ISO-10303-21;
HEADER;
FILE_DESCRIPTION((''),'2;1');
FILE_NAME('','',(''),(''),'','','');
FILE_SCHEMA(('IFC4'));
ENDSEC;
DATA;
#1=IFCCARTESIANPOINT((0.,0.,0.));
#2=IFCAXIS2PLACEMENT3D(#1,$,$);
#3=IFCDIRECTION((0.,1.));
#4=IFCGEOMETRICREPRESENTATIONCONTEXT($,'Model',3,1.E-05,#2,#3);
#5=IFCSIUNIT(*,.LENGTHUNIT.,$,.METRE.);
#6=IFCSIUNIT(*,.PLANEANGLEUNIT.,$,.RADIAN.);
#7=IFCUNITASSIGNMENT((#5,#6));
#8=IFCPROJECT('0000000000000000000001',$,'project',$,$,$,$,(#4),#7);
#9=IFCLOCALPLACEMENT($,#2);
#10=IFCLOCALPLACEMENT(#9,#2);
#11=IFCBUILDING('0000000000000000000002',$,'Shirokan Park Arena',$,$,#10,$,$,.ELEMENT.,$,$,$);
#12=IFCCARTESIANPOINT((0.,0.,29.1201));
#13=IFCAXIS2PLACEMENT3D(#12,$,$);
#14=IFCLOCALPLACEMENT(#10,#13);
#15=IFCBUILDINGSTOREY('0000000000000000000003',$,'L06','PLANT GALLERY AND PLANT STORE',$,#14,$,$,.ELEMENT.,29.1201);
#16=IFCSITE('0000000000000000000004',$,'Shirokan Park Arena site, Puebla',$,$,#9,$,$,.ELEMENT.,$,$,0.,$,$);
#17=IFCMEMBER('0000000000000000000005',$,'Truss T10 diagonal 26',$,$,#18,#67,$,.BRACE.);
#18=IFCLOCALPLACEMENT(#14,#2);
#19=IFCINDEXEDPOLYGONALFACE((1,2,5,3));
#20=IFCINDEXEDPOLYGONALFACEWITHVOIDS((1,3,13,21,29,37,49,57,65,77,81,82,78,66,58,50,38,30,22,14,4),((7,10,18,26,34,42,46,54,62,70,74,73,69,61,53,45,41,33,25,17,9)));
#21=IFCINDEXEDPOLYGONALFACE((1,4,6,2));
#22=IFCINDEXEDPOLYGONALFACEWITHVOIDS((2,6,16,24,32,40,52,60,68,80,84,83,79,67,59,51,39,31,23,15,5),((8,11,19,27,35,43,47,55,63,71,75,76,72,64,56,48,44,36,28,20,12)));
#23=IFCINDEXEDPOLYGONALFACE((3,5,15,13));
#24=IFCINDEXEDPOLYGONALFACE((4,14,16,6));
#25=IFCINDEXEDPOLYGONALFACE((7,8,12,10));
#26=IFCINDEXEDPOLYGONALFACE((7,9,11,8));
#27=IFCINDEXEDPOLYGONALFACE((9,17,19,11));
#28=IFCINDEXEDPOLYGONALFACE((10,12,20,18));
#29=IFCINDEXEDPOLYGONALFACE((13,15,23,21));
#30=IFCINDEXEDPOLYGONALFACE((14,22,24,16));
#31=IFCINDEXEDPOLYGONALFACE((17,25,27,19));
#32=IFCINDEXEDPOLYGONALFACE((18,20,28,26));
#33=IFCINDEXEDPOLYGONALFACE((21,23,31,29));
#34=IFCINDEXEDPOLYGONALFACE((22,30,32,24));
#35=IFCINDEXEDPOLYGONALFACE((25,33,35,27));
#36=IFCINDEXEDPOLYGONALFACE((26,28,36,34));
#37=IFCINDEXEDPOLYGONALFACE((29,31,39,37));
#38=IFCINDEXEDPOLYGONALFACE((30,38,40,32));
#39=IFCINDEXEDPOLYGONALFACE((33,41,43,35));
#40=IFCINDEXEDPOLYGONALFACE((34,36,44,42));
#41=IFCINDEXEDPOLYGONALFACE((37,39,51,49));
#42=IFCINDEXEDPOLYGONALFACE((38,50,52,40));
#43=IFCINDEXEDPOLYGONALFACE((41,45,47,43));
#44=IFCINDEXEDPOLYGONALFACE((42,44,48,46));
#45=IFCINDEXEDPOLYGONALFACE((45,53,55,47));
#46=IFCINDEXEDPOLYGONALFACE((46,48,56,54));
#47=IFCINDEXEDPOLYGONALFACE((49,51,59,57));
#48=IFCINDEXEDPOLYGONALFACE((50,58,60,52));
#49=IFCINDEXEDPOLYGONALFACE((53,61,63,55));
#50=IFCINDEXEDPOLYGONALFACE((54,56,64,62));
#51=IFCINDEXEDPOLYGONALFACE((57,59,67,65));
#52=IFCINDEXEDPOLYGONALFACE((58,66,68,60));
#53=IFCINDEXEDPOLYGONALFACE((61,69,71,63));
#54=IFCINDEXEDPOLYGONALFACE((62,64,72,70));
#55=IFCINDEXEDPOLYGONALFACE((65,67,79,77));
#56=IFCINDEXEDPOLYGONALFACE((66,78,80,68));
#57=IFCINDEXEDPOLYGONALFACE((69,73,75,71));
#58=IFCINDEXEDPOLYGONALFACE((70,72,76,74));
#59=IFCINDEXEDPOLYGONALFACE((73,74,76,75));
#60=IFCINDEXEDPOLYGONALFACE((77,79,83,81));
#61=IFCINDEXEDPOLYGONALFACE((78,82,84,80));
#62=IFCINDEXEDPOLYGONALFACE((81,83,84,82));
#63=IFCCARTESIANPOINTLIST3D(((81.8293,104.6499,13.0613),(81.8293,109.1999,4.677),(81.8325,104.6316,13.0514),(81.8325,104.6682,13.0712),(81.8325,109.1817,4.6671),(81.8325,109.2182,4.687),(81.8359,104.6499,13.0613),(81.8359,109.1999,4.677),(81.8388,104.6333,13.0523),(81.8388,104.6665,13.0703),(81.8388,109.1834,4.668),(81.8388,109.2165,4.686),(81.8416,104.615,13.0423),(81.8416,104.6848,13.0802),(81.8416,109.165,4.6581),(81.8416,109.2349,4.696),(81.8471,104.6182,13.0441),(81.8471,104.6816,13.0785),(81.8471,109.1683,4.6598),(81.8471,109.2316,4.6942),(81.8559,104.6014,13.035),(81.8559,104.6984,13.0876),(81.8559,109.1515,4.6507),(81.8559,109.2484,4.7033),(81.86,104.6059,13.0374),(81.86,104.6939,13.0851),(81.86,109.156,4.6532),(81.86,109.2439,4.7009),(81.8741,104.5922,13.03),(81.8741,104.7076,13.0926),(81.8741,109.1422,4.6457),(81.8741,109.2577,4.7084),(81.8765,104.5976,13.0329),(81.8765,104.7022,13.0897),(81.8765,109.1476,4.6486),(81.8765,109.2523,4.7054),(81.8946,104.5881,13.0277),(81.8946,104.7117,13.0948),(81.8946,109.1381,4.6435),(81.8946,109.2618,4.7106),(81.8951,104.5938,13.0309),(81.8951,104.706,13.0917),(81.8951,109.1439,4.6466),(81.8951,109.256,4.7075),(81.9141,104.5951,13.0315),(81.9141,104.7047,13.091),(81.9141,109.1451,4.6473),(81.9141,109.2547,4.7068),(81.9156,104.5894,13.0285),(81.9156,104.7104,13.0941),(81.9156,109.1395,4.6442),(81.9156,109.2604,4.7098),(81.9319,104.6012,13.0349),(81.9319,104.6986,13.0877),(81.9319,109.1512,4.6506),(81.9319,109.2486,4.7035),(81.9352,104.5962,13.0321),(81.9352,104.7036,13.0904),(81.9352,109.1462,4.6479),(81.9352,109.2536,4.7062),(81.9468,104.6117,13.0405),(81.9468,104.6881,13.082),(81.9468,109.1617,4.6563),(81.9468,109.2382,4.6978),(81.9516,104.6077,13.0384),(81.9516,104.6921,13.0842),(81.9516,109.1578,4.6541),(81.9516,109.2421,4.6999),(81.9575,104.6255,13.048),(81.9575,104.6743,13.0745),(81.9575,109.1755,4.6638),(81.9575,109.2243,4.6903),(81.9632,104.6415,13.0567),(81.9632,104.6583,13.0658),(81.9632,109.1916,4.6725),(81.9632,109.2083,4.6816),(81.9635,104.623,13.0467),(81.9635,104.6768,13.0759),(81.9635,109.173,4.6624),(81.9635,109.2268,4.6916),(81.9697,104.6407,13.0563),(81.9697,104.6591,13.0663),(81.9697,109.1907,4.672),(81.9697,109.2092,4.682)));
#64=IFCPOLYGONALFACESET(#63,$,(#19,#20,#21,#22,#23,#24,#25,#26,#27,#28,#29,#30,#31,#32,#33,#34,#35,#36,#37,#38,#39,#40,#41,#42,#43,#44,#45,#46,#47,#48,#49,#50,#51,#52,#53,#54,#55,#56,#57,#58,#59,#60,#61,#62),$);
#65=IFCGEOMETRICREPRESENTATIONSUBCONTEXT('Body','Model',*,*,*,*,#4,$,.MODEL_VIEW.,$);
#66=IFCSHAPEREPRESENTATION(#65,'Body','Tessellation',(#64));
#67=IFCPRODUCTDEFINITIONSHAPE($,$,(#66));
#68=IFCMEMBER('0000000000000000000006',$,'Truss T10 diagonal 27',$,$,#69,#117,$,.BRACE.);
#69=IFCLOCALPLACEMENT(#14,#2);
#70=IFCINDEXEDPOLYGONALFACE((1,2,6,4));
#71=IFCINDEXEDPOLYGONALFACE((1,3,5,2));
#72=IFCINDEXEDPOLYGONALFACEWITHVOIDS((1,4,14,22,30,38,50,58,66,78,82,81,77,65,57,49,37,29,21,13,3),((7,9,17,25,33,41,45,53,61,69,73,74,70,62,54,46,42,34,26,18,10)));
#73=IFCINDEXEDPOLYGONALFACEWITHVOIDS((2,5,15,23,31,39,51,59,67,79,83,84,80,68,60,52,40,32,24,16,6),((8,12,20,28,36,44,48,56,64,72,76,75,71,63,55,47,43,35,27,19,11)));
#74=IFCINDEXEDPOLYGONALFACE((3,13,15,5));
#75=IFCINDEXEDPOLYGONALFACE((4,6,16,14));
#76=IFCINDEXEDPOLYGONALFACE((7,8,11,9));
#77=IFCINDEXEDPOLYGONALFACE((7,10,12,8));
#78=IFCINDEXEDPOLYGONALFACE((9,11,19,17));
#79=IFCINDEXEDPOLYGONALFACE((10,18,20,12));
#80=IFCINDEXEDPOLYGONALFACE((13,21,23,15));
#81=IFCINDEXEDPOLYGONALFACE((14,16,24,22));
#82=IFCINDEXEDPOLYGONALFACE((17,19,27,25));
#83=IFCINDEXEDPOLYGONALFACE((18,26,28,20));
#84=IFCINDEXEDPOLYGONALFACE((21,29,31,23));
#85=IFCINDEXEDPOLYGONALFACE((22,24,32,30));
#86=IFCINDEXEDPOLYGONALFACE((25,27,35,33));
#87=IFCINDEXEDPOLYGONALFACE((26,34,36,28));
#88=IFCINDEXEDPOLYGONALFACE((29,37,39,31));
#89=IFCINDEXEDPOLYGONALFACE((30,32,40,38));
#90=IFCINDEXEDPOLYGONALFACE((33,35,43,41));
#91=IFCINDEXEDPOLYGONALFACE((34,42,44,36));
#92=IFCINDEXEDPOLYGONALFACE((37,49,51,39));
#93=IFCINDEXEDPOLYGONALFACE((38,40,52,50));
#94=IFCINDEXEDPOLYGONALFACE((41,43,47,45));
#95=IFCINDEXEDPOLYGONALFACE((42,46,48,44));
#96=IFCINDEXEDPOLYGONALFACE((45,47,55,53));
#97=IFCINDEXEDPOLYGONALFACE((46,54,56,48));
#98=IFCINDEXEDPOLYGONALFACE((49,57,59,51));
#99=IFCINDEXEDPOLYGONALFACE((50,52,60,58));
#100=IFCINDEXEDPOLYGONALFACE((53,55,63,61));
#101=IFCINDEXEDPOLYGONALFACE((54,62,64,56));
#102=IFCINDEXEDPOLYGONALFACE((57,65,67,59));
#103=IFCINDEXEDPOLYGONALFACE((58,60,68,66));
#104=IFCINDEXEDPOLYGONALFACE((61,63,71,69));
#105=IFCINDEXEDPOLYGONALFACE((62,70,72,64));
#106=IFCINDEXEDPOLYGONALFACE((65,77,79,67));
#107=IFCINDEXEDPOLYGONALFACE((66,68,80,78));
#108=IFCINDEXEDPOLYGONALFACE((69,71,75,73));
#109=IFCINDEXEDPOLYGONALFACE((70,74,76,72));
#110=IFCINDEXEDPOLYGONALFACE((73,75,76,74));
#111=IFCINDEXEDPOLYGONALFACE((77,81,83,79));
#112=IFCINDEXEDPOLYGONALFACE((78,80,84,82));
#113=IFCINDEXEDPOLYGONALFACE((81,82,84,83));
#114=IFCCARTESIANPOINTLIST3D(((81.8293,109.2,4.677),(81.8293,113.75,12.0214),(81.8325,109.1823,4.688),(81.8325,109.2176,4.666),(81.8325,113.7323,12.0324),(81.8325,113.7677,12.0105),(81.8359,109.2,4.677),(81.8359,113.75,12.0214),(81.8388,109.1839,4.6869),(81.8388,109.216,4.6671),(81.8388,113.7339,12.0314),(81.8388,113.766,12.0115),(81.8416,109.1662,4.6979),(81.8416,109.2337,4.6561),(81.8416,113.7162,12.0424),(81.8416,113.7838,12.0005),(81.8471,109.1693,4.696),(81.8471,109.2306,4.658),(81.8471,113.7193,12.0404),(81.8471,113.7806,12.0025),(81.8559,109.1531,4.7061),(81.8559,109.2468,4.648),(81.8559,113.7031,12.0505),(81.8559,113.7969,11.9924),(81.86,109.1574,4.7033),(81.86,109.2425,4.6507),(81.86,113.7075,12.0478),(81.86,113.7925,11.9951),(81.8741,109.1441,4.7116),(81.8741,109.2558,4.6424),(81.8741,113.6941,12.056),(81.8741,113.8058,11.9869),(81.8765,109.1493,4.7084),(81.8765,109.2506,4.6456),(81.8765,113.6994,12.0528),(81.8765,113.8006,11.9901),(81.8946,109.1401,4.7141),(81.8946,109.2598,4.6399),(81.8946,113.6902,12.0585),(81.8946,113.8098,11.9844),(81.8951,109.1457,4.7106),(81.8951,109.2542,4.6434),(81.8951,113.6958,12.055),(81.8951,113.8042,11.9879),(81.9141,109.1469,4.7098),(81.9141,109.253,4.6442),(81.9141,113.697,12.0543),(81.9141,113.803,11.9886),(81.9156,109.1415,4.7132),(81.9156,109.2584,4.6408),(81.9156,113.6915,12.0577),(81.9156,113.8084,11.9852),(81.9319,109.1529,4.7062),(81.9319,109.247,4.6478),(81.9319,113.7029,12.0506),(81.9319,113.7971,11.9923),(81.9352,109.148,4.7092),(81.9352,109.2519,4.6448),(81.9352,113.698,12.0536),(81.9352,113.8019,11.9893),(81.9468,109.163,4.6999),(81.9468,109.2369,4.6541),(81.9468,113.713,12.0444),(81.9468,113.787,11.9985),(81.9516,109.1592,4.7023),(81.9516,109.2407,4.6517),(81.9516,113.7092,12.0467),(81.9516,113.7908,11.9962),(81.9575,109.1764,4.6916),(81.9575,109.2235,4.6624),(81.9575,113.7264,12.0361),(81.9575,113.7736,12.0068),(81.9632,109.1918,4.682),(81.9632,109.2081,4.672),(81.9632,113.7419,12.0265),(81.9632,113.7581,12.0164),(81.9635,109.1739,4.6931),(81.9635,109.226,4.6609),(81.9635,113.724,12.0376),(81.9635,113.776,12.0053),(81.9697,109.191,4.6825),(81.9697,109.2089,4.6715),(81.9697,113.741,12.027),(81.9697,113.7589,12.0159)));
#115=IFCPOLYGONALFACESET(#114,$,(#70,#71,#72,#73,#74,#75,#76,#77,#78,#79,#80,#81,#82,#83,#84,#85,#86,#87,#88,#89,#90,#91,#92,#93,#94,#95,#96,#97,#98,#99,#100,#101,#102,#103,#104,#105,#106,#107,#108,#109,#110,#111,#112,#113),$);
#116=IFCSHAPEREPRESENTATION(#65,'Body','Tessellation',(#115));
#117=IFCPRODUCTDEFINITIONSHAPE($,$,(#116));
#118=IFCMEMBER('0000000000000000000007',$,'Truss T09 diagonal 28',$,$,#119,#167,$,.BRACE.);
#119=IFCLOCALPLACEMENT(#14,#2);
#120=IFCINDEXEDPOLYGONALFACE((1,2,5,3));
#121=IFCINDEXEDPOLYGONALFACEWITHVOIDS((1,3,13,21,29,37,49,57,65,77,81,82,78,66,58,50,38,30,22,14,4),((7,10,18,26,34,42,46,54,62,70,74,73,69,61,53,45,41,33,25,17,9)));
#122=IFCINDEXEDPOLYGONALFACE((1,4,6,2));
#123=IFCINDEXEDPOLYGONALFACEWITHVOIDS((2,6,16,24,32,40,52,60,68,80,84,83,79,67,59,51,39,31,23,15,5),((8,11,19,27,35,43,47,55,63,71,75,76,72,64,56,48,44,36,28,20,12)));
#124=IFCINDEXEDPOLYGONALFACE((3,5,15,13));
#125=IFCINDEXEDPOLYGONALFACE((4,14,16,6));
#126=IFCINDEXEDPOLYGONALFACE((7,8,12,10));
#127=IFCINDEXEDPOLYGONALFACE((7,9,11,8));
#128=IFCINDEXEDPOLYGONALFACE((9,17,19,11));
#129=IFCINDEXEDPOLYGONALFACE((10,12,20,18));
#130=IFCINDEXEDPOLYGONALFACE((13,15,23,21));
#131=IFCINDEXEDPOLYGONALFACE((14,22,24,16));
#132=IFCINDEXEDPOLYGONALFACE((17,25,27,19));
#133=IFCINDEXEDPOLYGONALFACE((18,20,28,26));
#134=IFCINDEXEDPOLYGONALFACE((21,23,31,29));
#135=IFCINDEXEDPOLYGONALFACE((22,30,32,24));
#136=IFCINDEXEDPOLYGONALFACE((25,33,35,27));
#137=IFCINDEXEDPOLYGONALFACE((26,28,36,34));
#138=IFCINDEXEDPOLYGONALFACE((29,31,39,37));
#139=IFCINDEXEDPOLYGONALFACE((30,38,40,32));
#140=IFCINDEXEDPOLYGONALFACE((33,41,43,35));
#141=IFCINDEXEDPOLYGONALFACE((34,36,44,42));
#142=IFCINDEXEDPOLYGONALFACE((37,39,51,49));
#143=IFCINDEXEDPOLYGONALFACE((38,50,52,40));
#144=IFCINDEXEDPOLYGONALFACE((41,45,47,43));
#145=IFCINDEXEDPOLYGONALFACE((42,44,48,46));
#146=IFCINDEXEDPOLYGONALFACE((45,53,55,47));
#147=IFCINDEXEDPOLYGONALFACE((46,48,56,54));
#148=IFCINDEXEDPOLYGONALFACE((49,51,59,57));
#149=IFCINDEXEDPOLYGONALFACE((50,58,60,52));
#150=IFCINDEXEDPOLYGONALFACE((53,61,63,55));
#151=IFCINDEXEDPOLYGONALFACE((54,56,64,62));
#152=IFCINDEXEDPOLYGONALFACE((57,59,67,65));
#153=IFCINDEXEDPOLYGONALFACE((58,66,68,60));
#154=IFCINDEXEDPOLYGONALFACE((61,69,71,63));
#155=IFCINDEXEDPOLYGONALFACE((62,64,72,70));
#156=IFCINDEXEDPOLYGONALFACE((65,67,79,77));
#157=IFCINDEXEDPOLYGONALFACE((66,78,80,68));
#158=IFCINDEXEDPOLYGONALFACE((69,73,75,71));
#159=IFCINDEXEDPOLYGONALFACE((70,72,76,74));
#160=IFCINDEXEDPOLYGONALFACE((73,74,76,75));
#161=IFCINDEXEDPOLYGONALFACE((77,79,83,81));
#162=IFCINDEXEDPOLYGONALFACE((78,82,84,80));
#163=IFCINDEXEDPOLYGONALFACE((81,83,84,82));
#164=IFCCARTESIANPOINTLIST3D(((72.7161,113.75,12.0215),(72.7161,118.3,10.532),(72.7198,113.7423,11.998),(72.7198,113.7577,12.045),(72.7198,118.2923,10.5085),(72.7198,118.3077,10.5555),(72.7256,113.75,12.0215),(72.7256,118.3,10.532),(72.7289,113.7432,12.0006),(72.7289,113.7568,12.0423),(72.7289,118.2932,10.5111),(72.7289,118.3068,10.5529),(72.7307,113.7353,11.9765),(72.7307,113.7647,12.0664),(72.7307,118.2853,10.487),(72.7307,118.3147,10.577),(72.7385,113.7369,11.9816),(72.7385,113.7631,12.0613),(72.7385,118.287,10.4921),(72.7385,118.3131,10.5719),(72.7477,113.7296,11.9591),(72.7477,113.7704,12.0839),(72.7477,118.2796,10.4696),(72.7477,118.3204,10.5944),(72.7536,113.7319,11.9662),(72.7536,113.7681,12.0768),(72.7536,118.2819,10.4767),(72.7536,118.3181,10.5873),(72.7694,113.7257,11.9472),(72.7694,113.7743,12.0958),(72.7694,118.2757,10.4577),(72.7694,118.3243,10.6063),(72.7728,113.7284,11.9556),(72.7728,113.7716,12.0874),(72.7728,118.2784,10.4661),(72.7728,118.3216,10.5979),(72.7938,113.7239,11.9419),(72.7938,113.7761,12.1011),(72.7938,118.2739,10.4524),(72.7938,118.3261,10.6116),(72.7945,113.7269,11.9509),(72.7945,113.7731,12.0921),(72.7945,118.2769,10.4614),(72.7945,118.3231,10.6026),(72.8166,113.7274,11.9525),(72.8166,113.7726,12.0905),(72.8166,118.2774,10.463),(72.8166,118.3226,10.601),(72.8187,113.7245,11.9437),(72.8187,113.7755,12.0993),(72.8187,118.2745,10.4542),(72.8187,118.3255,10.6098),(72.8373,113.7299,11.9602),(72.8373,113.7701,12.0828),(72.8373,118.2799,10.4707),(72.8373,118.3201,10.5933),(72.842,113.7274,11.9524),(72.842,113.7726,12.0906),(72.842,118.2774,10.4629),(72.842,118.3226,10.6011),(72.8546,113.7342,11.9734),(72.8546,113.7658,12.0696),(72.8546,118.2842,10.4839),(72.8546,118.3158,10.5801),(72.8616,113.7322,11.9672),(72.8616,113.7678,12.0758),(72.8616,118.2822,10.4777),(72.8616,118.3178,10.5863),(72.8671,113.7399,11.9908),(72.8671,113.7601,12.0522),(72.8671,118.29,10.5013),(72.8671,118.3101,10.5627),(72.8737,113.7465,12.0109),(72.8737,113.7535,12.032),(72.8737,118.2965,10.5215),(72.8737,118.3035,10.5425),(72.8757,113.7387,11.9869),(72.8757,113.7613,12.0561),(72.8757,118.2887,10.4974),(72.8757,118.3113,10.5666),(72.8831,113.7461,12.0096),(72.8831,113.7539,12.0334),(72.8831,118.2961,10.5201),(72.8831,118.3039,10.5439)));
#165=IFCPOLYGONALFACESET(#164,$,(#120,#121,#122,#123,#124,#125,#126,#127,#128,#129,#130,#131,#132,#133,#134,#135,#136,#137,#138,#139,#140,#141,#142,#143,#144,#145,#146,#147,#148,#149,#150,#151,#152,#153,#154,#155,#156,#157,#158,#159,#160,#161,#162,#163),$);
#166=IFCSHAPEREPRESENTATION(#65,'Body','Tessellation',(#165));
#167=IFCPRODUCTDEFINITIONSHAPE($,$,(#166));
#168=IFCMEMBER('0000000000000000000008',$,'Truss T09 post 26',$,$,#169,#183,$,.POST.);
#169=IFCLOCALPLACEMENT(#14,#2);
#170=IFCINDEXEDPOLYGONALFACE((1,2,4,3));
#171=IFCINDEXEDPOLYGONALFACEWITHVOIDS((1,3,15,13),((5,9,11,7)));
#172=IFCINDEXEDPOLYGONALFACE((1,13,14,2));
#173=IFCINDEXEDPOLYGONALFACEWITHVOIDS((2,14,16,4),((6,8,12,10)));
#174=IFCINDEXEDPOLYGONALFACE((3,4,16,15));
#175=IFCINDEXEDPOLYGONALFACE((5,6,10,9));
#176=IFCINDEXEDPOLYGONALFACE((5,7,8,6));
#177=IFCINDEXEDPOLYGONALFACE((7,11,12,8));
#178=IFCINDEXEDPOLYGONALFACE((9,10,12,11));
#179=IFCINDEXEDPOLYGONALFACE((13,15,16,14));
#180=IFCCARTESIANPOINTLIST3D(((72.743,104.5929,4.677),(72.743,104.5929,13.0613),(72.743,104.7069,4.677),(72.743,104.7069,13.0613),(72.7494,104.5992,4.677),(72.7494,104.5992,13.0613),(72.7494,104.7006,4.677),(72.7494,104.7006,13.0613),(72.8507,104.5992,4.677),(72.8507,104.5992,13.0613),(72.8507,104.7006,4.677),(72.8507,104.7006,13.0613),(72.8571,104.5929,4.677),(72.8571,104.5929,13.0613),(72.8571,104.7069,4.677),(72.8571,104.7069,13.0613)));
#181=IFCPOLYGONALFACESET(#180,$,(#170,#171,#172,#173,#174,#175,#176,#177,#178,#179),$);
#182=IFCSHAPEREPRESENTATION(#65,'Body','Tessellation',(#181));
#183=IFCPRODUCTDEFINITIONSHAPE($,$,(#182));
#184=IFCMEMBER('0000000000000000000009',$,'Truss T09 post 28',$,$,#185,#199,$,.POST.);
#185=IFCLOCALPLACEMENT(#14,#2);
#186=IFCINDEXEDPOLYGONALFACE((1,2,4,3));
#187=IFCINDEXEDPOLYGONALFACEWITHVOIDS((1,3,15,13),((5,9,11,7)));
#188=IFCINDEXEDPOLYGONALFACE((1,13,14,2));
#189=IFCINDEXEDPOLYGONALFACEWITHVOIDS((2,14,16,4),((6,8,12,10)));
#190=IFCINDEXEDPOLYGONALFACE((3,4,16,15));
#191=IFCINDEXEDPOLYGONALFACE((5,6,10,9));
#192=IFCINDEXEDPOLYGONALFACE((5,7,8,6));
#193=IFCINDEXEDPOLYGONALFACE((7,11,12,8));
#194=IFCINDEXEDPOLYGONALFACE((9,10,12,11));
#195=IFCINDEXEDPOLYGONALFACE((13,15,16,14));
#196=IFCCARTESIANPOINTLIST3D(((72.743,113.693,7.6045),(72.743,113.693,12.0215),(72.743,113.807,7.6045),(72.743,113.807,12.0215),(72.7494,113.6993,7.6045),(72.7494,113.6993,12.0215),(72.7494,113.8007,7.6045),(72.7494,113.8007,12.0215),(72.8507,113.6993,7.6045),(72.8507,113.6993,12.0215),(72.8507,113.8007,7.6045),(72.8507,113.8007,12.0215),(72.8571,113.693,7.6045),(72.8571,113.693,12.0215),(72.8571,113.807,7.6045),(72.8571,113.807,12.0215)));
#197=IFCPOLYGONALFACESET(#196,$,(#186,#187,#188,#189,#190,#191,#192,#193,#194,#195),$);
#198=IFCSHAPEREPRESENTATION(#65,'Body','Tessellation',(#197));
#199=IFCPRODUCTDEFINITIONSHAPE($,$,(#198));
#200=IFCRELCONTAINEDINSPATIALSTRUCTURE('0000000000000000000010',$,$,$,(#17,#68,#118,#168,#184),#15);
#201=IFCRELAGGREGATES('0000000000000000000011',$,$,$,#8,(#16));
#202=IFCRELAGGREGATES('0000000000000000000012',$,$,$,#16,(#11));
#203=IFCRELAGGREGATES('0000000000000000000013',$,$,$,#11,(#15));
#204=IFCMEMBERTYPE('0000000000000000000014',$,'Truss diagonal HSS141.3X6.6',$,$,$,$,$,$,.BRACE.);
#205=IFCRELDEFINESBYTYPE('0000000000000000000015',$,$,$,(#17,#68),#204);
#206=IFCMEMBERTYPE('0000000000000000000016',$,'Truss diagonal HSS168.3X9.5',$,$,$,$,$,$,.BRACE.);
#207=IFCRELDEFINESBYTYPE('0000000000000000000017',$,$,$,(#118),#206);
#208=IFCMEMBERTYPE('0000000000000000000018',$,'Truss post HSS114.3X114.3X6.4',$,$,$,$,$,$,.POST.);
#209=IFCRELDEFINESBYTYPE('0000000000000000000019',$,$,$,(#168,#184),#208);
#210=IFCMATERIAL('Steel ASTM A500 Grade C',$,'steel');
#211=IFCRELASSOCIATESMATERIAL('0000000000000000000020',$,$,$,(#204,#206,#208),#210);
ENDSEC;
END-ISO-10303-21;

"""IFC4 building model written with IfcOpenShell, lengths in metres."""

from ifc_helpers import new_model, si_unit, direction, frame, origin, origin_2d, place, context, subcontext, project, spatial, hollow_rectangle, hollow_circle, extrude, material, material_profile, profile_set, type_object, element, save


model = new_model("IFC4")

# Units and contexts
model_context = context("Model", 3, precision=1e-05, world=origin(), true_north=direction((0.0, 1.0)))
body_context = subcontext(model_context, "Body", "Model", "MODEL_VIEW")
ifc_project = project(units=[si_unit("LENGTHUNIT", "METRE"), si_unit("PLANEANGLEUNIT", "RADIAN")], contexts=[model_context])

# Site, building, storey
site_placement = place(None, origin())
site = spatial("IfcSite", under=ifc_project, at=site_placement, Name="Shirokan Park Arena site, Puebla", CompositionType="ELEMENT", RefElevation=0.0)
building_placement = place(site_placement, origin())
building = spatial("IfcBuilding", under=site, at=building_placement, Name="Shirokan Park Arena", CompositionType="ELEMENT")
storey_placement = place(building_placement, frame((0.0, 0.0, 29.1201)))
storey = spatial("IfcBuildingStorey", under=building, at=storey_placement, Name="L06", Description="PLANT GALLERY AND PLANT STORE", CompositionType="ELEMENT", Elevation=29.1201)

# Shared definitions
ifc_material_1 = material(Name="Steel ASTM A500 Grade C", Category="steel")

# Members
ifc_material_profile_1 = material_profile(ifc_material_1, hollow_circle(Radius=0.0706, WallThickness=0.0066, at=origin_2d()), Name="HSS141.3X6.6")
ifc_profile_set_1 = profile_set([ifc_material_profile_1], Name="Steel ASTM A500 Grade C")
member_type_1 = type_object("IfcMemberType", Name="Truss diagonal HSS141.3X6.6", PredefinedType="BRACE", material=ifc_profile_set_1)
member_1_placement = place(storey_placement, frame((81.8999, 104.6499, 13.0613), z_axis=(0.0, 0.476977, -0.878916), x_axis=(-1.0, 0.0, 0.0)))
element("IfcMember", 1, at=member_1_placement, inside=storey, type_object=member_type_1, Name="Truss T10 diagonal 26", PredefinedType="BRACE", context=body_context, shape_type="SweptSolid", body=[
    extrude(hollow_circle(Radius=0.0706, WallThickness=0.0066, at=origin_2d()), origin(), (0.0, 0.0, 1.0), 9.5393),
])
member_2_placement = place(storey_placement, frame((81.8999, 109.2, 4.677), z_axis=(0.0, 0.526644, 0.850086), x_axis=(-1.0, 0.0, 0.0)))
element("IfcMember", 2, at=member_2_placement, inside=storey, type_object=member_type_1, Name="Truss T10 diagonal 27", PredefinedType="BRACE", context=body_context, shape_type="SweptSolid", body=[
    extrude(hollow_circle(Radius=0.0706, WallThickness=0.0066, at=origin_2d()), origin(), (0.0, 0.0, 1.0), 8.6396),
])
ifc_material_profile_2 = material_profile(ifc_material_1, hollow_circle(Radius=0.084, WallThickness=0.0095, at=origin_2d()), Name="HSS168.3X9.5")
ifc_profile_set_2 = profile_set([ifc_material_profile_2], Name="Steel ASTM A500 Grade C")
member_type_2 = type_object("IfcMemberType", Name="Truss diagonal HSS168.3X9.5", PredefinedType="BRACE", material=ifc_profile_set_2)
member_3_placement = place(storey_placement, frame((72.8, 113.75, 12.0215), z_axis=(0.0, 0.950373, -0.311114), x_axis=(-1.0, 0.0, 0.0)))
element("IfcMember", 3, at=member_3_placement, inside=storey, type_object=member_type_2, Name="Truss T09 diagonal 28", PredefinedType="BRACE", context=body_context, shape_type="SweptSolid", body=[
    extrude(hollow_circle(Radius=0.084, WallThickness=0.0095, at=origin_2d()), origin(), (0.0, 0.0, 1.0), 4.7876),
])
ifc_material_profile_3 = material_profile(ifc_material_1, hollow_rectangle(XDim=0.114, YDim=0.114, WallThickness=0.0063, at=origin_2d()), Name="HSS114.3X114.3X6.4")
ifc_profile_set_3 = profile_set([ifc_material_profile_3], Name="Steel ASTM A500 Grade C")
member_type_3 = type_object("IfcMemberType", Name="Truss post HSS114.3X114.3X6.4", PredefinedType="POST", material=ifc_profile_set_3)
member_4_placement = place(storey_placement, frame((72.8, 104.6499, 4.677), z_axis=(0.0, 0.0, 1.0), x_axis=(1.0, 0.0, 0.0)))
element("IfcMember", 4, at=member_4_placement, inside=storey, type_object=member_type_3, Name="Truss T09 post 26", PredefinedType="POST", context=body_context, shape_type="SweptSolid", body=[
    extrude(hollow_rectangle(XDim=0.114, YDim=0.114, WallThickness=0.0063, at=origin_2d()), origin(), (0.0, 0.0, 1.0), 8.3843),
])
member_5_placement = place(storey_placement, frame((72.8, 113.75, 7.6045), z_axis=(0.0, 0.0, 1.0), x_axis=(1.0, 0.0, 0.0)))
element("IfcMember", 5, at=member_5_placement, inside=storey, type_object=member_type_3, Name="Truss T09 post 28", PredefinedType="POST", context=body_context, shape_type="SweptSolid", body=[
    extrude(hollow_rectangle(XDim=0.114, YDim=0.114, WallThickness=0.0063, at=origin_2d()), origin(), (0.0, 0.0, 1.0), 4.417),
])

save(model, "model.ifc")
